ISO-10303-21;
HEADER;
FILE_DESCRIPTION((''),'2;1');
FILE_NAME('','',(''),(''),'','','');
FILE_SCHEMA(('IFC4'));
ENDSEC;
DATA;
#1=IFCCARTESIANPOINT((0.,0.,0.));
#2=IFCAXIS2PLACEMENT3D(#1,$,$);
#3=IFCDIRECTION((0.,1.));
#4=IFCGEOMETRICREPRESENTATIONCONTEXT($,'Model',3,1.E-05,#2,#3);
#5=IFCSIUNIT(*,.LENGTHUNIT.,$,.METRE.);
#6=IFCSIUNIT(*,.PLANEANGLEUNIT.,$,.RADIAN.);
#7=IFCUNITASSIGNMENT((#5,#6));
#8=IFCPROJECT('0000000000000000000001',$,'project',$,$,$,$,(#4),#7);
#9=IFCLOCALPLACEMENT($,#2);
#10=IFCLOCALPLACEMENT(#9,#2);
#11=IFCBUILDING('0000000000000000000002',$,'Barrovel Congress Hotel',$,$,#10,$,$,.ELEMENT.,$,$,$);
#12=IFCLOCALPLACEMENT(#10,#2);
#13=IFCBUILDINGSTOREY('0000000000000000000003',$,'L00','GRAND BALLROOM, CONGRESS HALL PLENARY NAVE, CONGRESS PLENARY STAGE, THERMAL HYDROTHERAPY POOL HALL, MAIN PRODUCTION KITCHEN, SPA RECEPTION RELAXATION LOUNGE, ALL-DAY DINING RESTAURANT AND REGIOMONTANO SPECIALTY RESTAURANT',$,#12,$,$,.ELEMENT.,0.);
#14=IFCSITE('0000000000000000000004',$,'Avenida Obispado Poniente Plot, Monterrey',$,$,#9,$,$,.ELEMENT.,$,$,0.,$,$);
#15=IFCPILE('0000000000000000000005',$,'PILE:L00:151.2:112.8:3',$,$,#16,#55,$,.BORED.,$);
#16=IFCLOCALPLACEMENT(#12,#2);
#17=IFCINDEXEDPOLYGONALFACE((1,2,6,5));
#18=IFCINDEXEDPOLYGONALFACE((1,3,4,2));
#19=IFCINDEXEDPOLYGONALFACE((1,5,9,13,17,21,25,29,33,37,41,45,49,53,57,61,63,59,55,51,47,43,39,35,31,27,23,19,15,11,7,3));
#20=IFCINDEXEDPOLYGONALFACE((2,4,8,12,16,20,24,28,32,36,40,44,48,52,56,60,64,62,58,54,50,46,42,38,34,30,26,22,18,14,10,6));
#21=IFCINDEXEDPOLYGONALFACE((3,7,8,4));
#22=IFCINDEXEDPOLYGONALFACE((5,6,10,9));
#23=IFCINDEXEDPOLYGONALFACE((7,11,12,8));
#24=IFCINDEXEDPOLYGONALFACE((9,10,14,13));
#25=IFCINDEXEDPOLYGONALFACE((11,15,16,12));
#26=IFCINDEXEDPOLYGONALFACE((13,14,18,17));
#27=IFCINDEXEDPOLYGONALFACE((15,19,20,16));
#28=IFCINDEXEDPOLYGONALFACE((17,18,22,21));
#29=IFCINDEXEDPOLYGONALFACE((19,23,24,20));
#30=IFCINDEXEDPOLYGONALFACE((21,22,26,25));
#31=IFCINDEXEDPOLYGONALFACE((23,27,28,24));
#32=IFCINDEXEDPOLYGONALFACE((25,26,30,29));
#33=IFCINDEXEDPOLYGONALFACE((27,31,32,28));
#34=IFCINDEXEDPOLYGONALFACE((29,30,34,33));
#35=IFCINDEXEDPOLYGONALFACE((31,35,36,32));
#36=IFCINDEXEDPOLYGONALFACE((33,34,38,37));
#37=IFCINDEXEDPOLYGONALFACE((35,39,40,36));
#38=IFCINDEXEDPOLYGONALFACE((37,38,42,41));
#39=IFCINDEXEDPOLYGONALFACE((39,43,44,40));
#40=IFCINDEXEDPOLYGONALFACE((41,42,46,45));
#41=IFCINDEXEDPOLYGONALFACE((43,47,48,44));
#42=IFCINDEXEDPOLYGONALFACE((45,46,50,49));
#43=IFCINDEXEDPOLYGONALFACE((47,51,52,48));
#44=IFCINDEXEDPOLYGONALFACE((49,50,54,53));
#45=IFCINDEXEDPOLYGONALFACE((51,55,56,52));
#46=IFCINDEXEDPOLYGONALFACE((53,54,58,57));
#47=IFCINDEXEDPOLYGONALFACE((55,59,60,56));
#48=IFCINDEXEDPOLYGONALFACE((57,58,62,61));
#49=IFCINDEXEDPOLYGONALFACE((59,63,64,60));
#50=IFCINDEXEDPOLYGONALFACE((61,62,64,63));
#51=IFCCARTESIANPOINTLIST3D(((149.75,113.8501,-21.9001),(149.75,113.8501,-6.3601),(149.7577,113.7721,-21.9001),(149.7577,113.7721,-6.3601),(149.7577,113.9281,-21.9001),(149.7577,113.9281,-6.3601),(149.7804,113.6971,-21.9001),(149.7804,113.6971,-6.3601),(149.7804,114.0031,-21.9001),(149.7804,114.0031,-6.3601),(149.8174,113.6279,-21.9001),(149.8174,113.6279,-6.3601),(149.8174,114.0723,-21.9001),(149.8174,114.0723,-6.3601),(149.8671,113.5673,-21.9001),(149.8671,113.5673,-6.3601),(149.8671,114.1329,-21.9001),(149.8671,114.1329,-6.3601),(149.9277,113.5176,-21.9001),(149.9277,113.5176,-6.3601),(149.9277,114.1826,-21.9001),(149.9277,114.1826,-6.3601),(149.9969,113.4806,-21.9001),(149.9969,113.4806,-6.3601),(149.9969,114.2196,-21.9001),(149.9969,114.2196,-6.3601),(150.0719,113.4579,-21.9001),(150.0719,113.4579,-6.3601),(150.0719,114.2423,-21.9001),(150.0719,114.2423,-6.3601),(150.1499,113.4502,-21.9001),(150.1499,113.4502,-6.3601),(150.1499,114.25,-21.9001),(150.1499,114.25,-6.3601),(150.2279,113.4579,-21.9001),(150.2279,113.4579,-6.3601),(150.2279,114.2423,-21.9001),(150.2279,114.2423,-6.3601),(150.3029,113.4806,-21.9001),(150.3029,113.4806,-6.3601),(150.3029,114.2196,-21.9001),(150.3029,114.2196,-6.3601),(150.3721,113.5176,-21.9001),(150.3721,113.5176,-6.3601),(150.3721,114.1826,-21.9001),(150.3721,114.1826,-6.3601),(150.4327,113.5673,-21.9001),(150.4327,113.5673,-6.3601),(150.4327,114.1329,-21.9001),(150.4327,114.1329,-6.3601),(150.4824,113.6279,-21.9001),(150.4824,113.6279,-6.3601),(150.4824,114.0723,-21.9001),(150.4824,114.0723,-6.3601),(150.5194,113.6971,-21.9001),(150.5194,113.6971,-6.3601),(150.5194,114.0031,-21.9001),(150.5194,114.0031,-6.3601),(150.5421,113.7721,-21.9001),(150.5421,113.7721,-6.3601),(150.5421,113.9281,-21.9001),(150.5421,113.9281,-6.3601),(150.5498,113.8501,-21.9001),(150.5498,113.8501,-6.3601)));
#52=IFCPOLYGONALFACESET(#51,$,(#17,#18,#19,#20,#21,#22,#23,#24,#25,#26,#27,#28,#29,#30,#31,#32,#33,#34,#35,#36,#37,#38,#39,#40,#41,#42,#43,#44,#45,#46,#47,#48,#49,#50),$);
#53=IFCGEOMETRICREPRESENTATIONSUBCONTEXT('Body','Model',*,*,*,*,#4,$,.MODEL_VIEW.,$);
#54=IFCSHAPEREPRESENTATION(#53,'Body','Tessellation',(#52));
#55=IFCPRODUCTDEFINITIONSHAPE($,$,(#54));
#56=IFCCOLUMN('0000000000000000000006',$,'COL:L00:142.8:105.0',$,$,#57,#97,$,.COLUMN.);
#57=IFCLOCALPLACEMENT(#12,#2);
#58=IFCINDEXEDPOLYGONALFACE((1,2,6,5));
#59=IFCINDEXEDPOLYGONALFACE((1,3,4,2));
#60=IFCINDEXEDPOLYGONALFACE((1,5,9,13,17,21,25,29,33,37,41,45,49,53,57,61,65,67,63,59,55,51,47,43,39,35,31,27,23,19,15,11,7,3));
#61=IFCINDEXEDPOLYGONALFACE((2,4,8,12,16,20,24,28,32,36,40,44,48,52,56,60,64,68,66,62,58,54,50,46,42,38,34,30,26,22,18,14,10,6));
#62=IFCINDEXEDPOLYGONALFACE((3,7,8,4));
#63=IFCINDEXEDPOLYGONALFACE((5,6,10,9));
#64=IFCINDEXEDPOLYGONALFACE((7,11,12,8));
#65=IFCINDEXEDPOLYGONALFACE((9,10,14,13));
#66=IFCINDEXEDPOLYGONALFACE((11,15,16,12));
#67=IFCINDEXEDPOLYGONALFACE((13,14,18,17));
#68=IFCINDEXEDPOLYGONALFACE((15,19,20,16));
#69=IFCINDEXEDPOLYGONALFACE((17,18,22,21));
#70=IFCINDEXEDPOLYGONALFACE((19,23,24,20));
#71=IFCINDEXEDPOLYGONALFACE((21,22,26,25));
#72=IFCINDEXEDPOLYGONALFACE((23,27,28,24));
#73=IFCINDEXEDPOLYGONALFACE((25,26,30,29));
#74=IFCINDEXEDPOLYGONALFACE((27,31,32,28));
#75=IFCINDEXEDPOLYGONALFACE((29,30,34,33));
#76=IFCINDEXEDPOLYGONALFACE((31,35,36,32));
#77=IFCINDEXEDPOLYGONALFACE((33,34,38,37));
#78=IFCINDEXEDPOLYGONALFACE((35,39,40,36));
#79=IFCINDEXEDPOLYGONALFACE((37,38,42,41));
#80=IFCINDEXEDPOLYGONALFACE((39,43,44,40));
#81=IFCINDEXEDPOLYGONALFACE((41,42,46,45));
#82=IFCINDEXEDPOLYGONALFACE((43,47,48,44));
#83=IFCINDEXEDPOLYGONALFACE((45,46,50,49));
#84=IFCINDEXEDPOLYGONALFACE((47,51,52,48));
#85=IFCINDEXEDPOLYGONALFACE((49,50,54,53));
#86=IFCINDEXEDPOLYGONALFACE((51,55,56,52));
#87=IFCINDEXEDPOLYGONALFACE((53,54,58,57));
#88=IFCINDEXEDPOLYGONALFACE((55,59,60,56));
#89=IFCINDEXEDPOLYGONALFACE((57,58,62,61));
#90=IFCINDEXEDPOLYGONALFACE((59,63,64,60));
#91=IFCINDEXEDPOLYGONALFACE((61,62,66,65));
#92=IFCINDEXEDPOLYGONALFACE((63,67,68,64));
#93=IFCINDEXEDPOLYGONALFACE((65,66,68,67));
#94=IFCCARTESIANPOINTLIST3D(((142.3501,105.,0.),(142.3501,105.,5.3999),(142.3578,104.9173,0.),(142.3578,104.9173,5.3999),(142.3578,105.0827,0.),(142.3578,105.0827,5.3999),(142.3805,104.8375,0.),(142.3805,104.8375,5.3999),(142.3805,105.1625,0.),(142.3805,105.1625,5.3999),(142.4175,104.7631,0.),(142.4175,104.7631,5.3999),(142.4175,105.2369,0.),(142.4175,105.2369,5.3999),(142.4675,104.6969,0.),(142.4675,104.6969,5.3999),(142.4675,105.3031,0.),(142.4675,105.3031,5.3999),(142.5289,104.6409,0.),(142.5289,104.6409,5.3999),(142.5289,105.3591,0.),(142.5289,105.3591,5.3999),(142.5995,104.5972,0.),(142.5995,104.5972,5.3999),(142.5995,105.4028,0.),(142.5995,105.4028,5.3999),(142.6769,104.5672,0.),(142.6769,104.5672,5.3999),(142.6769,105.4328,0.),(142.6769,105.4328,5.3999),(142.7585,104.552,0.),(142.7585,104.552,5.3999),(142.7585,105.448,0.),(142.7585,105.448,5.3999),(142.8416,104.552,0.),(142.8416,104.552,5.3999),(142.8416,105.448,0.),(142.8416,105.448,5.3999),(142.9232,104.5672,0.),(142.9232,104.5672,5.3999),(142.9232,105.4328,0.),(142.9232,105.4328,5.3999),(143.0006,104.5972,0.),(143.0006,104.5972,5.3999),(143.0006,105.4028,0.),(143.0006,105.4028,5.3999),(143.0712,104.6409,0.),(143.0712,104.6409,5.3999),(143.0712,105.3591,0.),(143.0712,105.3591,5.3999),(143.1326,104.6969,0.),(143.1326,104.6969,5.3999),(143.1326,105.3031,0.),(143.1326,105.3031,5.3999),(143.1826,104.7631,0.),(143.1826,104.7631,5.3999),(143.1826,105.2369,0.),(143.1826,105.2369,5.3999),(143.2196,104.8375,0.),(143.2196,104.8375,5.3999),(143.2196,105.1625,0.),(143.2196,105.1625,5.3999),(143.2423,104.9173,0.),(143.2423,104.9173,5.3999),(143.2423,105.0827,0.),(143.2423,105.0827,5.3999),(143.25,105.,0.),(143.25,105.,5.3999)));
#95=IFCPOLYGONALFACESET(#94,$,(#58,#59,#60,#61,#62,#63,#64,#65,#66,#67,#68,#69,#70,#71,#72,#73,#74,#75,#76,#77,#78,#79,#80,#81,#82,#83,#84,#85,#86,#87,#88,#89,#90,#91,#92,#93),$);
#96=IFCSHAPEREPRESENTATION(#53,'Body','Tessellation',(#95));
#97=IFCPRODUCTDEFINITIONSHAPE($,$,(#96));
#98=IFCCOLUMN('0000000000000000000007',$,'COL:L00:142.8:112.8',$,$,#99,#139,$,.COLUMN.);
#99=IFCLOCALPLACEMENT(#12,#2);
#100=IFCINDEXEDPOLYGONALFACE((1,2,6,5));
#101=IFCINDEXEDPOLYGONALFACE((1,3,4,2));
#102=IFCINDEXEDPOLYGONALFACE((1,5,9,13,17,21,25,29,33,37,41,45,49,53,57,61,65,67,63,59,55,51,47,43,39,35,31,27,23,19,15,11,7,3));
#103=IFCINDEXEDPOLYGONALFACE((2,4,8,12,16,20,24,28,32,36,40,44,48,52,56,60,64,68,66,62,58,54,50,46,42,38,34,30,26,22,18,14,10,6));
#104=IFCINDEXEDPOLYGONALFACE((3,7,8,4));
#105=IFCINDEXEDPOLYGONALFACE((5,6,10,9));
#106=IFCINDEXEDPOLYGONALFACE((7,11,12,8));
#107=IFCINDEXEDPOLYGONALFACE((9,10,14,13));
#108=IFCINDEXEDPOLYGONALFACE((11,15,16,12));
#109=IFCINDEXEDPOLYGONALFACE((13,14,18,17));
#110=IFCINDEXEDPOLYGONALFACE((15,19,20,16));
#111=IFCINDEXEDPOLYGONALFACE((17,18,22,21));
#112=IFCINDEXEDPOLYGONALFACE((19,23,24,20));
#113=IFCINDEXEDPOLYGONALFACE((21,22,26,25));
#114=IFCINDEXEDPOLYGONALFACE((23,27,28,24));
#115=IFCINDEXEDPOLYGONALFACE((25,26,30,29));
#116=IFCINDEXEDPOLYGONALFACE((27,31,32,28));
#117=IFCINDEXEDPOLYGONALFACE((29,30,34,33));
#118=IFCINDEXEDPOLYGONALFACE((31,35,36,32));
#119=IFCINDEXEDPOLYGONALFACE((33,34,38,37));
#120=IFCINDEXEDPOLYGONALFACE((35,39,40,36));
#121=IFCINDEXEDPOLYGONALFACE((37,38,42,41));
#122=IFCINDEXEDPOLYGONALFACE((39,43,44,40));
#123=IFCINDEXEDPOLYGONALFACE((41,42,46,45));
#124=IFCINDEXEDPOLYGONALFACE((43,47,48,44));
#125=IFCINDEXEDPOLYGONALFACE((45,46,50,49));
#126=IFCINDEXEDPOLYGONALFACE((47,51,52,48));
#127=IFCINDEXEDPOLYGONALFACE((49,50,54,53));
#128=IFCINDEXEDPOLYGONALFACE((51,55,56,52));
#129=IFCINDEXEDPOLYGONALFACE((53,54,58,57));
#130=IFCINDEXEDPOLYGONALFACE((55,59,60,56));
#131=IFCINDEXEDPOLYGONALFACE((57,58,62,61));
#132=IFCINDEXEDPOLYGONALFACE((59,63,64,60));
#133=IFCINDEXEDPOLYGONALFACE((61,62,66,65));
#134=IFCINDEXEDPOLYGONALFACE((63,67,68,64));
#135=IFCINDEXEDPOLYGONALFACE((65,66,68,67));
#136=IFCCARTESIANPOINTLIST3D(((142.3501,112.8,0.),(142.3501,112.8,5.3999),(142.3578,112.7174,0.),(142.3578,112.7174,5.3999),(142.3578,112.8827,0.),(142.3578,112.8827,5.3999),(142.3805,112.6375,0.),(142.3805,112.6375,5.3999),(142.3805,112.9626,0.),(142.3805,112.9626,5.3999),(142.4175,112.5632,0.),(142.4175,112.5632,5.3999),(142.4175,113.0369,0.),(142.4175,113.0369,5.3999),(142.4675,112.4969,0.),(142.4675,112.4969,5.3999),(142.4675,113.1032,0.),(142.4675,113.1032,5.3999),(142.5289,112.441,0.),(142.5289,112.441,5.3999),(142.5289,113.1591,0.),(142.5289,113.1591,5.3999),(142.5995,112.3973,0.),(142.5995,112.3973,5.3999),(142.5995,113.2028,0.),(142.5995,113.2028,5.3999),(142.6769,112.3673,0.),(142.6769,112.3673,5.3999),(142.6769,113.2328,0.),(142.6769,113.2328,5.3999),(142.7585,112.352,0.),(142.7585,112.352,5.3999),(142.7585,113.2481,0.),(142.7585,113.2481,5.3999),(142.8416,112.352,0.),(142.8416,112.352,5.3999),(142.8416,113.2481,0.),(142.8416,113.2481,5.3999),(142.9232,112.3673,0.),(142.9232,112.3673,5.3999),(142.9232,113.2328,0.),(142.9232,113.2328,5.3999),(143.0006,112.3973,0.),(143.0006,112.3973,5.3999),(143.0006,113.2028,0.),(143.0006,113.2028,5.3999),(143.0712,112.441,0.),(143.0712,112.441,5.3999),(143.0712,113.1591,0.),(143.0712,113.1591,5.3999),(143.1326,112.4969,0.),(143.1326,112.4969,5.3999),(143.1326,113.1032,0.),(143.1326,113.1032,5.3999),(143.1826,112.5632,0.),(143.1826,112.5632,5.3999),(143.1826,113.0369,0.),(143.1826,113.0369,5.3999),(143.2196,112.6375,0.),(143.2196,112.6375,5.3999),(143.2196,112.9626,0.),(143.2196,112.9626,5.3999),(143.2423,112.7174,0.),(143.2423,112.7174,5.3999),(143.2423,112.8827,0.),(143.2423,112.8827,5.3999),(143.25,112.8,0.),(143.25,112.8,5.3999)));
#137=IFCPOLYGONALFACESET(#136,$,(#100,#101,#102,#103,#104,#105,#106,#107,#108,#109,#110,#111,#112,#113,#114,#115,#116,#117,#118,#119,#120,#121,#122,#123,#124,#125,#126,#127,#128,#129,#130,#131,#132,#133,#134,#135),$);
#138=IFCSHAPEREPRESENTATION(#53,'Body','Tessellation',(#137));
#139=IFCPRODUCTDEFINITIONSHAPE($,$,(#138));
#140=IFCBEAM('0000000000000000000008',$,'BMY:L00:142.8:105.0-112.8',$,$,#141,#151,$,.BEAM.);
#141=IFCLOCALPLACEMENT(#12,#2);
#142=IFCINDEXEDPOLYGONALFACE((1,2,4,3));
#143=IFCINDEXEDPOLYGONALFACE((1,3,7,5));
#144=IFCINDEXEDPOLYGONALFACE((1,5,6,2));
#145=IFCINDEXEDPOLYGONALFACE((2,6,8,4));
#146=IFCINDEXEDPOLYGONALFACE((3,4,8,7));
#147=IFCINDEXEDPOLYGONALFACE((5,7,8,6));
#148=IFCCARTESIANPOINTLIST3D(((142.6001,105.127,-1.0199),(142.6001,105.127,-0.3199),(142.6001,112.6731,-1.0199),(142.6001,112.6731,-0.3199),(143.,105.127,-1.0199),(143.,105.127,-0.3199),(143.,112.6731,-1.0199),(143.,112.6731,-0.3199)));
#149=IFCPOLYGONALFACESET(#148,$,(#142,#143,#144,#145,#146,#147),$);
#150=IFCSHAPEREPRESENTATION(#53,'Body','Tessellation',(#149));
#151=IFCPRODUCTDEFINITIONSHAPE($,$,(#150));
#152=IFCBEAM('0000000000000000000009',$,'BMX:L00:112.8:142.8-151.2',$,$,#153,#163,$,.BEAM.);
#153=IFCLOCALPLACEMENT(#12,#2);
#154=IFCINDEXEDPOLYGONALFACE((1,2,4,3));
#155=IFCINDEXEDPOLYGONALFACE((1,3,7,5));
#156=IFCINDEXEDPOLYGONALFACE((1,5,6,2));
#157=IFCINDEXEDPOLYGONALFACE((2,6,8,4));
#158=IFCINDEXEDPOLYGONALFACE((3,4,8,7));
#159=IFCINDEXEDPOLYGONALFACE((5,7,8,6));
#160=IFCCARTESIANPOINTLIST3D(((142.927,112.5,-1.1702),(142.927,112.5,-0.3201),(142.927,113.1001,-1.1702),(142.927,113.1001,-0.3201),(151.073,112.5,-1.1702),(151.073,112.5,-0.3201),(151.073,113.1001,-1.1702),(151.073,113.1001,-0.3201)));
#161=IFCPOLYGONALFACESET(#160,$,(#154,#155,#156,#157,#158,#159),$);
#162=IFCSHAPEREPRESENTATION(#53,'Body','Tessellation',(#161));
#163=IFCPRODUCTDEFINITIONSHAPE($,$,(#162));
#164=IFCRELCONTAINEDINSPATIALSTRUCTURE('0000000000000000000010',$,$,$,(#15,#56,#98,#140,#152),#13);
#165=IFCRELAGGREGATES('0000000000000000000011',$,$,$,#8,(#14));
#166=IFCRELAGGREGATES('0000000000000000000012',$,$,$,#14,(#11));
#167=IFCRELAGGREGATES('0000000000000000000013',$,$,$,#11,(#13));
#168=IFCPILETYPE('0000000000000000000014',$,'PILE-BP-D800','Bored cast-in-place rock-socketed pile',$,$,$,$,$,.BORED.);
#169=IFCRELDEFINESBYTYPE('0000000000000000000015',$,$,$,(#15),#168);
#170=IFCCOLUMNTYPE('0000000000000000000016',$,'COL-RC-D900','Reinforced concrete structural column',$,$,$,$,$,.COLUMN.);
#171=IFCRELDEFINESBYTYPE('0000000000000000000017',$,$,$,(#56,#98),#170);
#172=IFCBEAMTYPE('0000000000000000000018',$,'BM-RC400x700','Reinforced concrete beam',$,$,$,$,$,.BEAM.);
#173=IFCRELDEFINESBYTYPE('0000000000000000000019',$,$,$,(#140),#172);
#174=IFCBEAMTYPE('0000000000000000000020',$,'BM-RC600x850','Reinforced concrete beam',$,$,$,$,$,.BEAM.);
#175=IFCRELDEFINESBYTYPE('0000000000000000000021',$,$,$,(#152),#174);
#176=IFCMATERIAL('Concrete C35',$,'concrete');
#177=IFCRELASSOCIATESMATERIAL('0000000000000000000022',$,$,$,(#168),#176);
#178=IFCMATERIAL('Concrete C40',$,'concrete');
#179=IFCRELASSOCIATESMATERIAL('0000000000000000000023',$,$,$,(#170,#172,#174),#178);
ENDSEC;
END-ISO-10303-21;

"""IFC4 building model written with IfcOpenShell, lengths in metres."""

from ifc_helpers import new_model, si_unit, direction, frame, origin, origin_2d, place, context, subcontext, project, spatial, rectangle, circle, extrude, material, material_profile, profile_set, type_object, element, save


model = new_model("IFC4")

# Units and contexts
model_context = context("Model", 3, precision=1e-05, world=origin(), true_north=direction((0.0, 1.0)))
body_context = subcontext(model_context, "Body", "Model", "MODEL_VIEW")
ifc_project = project(units=[si_unit("LENGTHUNIT", "METRE"), si_unit("PLANEANGLEUNIT", "RADIAN")], contexts=[model_context])

# Site, building, storey
site_placement = place(None, origin())
site = spatial("IfcSite", under=ifc_project, at=site_placement, Name="Avenida Obispado Poniente Plot, Monterrey", CompositionType="ELEMENT", RefElevation=0.0)
building_placement = place(site_placement, origin())
building = spatial("IfcBuilding", under=site, at=building_placement, Name="Barrovel Congress Hotel", CompositionType="ELEMENT")
storey_placement = place(building_placement, origin())
storey = spatial("IfcBuildingStorey", under=building, at=storey_placement, Name="L00", Description="GRAND BALLROOM, CONGRESS HALL PLENARY NAVE, CONGRESS PLENARY STAGE, THERMAL HYDROTHERAPY POOL HALL, MAIN PRODUCTION KITCHEN, SPA RECEPTION RELAXATION LOUNGE, ALL-DAY DINING RESTAURANT AND REGIOMONTANO SPECIALTY RESTAURANT", CompositionType="ELEMENT", Elevation=0.0)

# Shared definitions
ifc_material_1 = material(Name="Concrete C40", Category="concrete")

# Pile
ifc_material_2 = material(Name="Concrete C35", Category="concrete")
ifc_material_profile_1 = material_profile(ifc_material_2, circle(Radius=0.3999, at=origin_2d()), Name="BP-D800")
ifc_profile_set_1 = profile_set([ifc_material_profile_1], Name="Concrete C35")
pile_type = type_object("IfcPileType", Name="PILE-BP-D800", Description="Bored cast-in-place rock-socketed pile", PredefinedType="BORED", material=ifc_profile_set_1)
for number, where, z_axis, x_axis, name in (
    (1, (150.1499, 113.8501, -6.3601), (0.0, 0.0, -1.0), (1.0, 0.0, 0.0), "PILE:L00:151.2:112.8:3"),
):
    element("IfcPile", number, at=place(storey_placement, frame(where, z_axis=z_axis, x_axis=x_axis)), inside=storey, type_object=pile_type, Name=name, PredefinedType="BORED", context=body_context, shape_type="SweptSolid", body=[
        extrude(circle(Radius=0.3999, at=origin_2d()), origin(), (0.0, 0.0, 1.0), 15.54),
    ])

# Columns
ifc_material_profile_2 = material_profile(ifc_material_1, circle(Radius=0.45, at=origin_2d()), Name="RC-D900")
ifc_profile_set_2 = profile_set([ifc_material_profile_2], Name="Concrete C40")
column_type = type_object("IfcColumnType", Name="COL-RC-D900", Description="Reinforced concrete structural column", PredefinedType="COLUMN", material=ifc_profile_set_2)
for number, where, z_axis, x_axis, name in (
    (2, (142.8, 105.0, 0.0), (0.0, 0.0, 1.0), (1.0, 0.0, 0.0), "COL:L00:142.8:105.0"),
    (3, (142.8, 112.8, 0.0), (0.0, 0.0, 1.0), (1.0, 0.0, 0.0), "COL:L00:142.8:112.8"),
):
    element("IfcColumn", number, at=place(storey_placement, frame(where, z_axis=z_axis, x_axis=x_axis)), inside=storey, type_object=column_type, Name=name, PredefinedType="COLUMN", context=body_context, shape_type="SweptSolid", body=[
        extrude(circle(Radius=0.45, at=origin_2d()), origin(), (0.0, 0.0, 1.0), 5.3999),
    ])

# Beams
ifc_material_profile_3 = material_profile(ifc_material_1, rectangle(XDim=0.3999, YDim=0.7, at=origin_2d()), Name="RC400x700")
ifc_profile_set_3 = profile_set([ifc_material_profile_3], Name="Concrete C40")
beam_type_1 = type_object("IfcBeamType", Name="BM-RC400x700", Description="Reinforced concrete beam", PredefinedType="BEAM", material=ifc_profile_set_3)
beam_1_placement = place(storey_placement, frame((142.8, 105.127, -0.6699), z_axis=(0.0, 1.0, 0.0), x_axis=(-1.0, 0.0, 0.0)))
element("IfcBeam", 4, at=beam_1_placement, inside=storey, type_object=beam_type_1, Name="BMY:L00:142.8:105.0-112.8", PredefinedType="BEAM", context=body_context, shape_type="SweptSolid", body=[
    extrude(rectangle(XDim=0.3999, YDim=0.7, at=origin_2d()), origin(), (0.0, 0.0, 1.0), 7.5461),
])
ifc_material_profile_4 = material_profile(ifc_material_1, rectangle(XDim=0.6001, YDim=0.8501, at=origin_2d()), Name="RC600x850")
ifc_profile_set_4 = profile_set([ifc_material_profile_4], Name="Concrete C40")
beam_type_2 = type_object("IfcBeamType", Name="BM-RC600x850", Description="Reinforced concrete beam", PredefinedType="BEAM", material=ifc_profile_set_4)
beam_2_placement = place(storey_placement, frame((142.927, 112.8, -0.7451), z_axis=(1.0, 0.0, 0.0), x_axis=(0.0, 1.0, 0.0)))
element("IfcBeam", 5, at=beam_2_placement, inside=storey, type_object=beam_type_2, Name="BMX:L00:112.8:142.8-151.2", PredefinedType="BEAM", context=body_context, shape_type="SweptSolid", body=[
    extrude(rectangle(XDim=0.6001, YDim=0.8501, at=origin_2d()), origin(), (0.0, 0.0, 1.0), 8.146),
])

save(model, "model.ifc")
